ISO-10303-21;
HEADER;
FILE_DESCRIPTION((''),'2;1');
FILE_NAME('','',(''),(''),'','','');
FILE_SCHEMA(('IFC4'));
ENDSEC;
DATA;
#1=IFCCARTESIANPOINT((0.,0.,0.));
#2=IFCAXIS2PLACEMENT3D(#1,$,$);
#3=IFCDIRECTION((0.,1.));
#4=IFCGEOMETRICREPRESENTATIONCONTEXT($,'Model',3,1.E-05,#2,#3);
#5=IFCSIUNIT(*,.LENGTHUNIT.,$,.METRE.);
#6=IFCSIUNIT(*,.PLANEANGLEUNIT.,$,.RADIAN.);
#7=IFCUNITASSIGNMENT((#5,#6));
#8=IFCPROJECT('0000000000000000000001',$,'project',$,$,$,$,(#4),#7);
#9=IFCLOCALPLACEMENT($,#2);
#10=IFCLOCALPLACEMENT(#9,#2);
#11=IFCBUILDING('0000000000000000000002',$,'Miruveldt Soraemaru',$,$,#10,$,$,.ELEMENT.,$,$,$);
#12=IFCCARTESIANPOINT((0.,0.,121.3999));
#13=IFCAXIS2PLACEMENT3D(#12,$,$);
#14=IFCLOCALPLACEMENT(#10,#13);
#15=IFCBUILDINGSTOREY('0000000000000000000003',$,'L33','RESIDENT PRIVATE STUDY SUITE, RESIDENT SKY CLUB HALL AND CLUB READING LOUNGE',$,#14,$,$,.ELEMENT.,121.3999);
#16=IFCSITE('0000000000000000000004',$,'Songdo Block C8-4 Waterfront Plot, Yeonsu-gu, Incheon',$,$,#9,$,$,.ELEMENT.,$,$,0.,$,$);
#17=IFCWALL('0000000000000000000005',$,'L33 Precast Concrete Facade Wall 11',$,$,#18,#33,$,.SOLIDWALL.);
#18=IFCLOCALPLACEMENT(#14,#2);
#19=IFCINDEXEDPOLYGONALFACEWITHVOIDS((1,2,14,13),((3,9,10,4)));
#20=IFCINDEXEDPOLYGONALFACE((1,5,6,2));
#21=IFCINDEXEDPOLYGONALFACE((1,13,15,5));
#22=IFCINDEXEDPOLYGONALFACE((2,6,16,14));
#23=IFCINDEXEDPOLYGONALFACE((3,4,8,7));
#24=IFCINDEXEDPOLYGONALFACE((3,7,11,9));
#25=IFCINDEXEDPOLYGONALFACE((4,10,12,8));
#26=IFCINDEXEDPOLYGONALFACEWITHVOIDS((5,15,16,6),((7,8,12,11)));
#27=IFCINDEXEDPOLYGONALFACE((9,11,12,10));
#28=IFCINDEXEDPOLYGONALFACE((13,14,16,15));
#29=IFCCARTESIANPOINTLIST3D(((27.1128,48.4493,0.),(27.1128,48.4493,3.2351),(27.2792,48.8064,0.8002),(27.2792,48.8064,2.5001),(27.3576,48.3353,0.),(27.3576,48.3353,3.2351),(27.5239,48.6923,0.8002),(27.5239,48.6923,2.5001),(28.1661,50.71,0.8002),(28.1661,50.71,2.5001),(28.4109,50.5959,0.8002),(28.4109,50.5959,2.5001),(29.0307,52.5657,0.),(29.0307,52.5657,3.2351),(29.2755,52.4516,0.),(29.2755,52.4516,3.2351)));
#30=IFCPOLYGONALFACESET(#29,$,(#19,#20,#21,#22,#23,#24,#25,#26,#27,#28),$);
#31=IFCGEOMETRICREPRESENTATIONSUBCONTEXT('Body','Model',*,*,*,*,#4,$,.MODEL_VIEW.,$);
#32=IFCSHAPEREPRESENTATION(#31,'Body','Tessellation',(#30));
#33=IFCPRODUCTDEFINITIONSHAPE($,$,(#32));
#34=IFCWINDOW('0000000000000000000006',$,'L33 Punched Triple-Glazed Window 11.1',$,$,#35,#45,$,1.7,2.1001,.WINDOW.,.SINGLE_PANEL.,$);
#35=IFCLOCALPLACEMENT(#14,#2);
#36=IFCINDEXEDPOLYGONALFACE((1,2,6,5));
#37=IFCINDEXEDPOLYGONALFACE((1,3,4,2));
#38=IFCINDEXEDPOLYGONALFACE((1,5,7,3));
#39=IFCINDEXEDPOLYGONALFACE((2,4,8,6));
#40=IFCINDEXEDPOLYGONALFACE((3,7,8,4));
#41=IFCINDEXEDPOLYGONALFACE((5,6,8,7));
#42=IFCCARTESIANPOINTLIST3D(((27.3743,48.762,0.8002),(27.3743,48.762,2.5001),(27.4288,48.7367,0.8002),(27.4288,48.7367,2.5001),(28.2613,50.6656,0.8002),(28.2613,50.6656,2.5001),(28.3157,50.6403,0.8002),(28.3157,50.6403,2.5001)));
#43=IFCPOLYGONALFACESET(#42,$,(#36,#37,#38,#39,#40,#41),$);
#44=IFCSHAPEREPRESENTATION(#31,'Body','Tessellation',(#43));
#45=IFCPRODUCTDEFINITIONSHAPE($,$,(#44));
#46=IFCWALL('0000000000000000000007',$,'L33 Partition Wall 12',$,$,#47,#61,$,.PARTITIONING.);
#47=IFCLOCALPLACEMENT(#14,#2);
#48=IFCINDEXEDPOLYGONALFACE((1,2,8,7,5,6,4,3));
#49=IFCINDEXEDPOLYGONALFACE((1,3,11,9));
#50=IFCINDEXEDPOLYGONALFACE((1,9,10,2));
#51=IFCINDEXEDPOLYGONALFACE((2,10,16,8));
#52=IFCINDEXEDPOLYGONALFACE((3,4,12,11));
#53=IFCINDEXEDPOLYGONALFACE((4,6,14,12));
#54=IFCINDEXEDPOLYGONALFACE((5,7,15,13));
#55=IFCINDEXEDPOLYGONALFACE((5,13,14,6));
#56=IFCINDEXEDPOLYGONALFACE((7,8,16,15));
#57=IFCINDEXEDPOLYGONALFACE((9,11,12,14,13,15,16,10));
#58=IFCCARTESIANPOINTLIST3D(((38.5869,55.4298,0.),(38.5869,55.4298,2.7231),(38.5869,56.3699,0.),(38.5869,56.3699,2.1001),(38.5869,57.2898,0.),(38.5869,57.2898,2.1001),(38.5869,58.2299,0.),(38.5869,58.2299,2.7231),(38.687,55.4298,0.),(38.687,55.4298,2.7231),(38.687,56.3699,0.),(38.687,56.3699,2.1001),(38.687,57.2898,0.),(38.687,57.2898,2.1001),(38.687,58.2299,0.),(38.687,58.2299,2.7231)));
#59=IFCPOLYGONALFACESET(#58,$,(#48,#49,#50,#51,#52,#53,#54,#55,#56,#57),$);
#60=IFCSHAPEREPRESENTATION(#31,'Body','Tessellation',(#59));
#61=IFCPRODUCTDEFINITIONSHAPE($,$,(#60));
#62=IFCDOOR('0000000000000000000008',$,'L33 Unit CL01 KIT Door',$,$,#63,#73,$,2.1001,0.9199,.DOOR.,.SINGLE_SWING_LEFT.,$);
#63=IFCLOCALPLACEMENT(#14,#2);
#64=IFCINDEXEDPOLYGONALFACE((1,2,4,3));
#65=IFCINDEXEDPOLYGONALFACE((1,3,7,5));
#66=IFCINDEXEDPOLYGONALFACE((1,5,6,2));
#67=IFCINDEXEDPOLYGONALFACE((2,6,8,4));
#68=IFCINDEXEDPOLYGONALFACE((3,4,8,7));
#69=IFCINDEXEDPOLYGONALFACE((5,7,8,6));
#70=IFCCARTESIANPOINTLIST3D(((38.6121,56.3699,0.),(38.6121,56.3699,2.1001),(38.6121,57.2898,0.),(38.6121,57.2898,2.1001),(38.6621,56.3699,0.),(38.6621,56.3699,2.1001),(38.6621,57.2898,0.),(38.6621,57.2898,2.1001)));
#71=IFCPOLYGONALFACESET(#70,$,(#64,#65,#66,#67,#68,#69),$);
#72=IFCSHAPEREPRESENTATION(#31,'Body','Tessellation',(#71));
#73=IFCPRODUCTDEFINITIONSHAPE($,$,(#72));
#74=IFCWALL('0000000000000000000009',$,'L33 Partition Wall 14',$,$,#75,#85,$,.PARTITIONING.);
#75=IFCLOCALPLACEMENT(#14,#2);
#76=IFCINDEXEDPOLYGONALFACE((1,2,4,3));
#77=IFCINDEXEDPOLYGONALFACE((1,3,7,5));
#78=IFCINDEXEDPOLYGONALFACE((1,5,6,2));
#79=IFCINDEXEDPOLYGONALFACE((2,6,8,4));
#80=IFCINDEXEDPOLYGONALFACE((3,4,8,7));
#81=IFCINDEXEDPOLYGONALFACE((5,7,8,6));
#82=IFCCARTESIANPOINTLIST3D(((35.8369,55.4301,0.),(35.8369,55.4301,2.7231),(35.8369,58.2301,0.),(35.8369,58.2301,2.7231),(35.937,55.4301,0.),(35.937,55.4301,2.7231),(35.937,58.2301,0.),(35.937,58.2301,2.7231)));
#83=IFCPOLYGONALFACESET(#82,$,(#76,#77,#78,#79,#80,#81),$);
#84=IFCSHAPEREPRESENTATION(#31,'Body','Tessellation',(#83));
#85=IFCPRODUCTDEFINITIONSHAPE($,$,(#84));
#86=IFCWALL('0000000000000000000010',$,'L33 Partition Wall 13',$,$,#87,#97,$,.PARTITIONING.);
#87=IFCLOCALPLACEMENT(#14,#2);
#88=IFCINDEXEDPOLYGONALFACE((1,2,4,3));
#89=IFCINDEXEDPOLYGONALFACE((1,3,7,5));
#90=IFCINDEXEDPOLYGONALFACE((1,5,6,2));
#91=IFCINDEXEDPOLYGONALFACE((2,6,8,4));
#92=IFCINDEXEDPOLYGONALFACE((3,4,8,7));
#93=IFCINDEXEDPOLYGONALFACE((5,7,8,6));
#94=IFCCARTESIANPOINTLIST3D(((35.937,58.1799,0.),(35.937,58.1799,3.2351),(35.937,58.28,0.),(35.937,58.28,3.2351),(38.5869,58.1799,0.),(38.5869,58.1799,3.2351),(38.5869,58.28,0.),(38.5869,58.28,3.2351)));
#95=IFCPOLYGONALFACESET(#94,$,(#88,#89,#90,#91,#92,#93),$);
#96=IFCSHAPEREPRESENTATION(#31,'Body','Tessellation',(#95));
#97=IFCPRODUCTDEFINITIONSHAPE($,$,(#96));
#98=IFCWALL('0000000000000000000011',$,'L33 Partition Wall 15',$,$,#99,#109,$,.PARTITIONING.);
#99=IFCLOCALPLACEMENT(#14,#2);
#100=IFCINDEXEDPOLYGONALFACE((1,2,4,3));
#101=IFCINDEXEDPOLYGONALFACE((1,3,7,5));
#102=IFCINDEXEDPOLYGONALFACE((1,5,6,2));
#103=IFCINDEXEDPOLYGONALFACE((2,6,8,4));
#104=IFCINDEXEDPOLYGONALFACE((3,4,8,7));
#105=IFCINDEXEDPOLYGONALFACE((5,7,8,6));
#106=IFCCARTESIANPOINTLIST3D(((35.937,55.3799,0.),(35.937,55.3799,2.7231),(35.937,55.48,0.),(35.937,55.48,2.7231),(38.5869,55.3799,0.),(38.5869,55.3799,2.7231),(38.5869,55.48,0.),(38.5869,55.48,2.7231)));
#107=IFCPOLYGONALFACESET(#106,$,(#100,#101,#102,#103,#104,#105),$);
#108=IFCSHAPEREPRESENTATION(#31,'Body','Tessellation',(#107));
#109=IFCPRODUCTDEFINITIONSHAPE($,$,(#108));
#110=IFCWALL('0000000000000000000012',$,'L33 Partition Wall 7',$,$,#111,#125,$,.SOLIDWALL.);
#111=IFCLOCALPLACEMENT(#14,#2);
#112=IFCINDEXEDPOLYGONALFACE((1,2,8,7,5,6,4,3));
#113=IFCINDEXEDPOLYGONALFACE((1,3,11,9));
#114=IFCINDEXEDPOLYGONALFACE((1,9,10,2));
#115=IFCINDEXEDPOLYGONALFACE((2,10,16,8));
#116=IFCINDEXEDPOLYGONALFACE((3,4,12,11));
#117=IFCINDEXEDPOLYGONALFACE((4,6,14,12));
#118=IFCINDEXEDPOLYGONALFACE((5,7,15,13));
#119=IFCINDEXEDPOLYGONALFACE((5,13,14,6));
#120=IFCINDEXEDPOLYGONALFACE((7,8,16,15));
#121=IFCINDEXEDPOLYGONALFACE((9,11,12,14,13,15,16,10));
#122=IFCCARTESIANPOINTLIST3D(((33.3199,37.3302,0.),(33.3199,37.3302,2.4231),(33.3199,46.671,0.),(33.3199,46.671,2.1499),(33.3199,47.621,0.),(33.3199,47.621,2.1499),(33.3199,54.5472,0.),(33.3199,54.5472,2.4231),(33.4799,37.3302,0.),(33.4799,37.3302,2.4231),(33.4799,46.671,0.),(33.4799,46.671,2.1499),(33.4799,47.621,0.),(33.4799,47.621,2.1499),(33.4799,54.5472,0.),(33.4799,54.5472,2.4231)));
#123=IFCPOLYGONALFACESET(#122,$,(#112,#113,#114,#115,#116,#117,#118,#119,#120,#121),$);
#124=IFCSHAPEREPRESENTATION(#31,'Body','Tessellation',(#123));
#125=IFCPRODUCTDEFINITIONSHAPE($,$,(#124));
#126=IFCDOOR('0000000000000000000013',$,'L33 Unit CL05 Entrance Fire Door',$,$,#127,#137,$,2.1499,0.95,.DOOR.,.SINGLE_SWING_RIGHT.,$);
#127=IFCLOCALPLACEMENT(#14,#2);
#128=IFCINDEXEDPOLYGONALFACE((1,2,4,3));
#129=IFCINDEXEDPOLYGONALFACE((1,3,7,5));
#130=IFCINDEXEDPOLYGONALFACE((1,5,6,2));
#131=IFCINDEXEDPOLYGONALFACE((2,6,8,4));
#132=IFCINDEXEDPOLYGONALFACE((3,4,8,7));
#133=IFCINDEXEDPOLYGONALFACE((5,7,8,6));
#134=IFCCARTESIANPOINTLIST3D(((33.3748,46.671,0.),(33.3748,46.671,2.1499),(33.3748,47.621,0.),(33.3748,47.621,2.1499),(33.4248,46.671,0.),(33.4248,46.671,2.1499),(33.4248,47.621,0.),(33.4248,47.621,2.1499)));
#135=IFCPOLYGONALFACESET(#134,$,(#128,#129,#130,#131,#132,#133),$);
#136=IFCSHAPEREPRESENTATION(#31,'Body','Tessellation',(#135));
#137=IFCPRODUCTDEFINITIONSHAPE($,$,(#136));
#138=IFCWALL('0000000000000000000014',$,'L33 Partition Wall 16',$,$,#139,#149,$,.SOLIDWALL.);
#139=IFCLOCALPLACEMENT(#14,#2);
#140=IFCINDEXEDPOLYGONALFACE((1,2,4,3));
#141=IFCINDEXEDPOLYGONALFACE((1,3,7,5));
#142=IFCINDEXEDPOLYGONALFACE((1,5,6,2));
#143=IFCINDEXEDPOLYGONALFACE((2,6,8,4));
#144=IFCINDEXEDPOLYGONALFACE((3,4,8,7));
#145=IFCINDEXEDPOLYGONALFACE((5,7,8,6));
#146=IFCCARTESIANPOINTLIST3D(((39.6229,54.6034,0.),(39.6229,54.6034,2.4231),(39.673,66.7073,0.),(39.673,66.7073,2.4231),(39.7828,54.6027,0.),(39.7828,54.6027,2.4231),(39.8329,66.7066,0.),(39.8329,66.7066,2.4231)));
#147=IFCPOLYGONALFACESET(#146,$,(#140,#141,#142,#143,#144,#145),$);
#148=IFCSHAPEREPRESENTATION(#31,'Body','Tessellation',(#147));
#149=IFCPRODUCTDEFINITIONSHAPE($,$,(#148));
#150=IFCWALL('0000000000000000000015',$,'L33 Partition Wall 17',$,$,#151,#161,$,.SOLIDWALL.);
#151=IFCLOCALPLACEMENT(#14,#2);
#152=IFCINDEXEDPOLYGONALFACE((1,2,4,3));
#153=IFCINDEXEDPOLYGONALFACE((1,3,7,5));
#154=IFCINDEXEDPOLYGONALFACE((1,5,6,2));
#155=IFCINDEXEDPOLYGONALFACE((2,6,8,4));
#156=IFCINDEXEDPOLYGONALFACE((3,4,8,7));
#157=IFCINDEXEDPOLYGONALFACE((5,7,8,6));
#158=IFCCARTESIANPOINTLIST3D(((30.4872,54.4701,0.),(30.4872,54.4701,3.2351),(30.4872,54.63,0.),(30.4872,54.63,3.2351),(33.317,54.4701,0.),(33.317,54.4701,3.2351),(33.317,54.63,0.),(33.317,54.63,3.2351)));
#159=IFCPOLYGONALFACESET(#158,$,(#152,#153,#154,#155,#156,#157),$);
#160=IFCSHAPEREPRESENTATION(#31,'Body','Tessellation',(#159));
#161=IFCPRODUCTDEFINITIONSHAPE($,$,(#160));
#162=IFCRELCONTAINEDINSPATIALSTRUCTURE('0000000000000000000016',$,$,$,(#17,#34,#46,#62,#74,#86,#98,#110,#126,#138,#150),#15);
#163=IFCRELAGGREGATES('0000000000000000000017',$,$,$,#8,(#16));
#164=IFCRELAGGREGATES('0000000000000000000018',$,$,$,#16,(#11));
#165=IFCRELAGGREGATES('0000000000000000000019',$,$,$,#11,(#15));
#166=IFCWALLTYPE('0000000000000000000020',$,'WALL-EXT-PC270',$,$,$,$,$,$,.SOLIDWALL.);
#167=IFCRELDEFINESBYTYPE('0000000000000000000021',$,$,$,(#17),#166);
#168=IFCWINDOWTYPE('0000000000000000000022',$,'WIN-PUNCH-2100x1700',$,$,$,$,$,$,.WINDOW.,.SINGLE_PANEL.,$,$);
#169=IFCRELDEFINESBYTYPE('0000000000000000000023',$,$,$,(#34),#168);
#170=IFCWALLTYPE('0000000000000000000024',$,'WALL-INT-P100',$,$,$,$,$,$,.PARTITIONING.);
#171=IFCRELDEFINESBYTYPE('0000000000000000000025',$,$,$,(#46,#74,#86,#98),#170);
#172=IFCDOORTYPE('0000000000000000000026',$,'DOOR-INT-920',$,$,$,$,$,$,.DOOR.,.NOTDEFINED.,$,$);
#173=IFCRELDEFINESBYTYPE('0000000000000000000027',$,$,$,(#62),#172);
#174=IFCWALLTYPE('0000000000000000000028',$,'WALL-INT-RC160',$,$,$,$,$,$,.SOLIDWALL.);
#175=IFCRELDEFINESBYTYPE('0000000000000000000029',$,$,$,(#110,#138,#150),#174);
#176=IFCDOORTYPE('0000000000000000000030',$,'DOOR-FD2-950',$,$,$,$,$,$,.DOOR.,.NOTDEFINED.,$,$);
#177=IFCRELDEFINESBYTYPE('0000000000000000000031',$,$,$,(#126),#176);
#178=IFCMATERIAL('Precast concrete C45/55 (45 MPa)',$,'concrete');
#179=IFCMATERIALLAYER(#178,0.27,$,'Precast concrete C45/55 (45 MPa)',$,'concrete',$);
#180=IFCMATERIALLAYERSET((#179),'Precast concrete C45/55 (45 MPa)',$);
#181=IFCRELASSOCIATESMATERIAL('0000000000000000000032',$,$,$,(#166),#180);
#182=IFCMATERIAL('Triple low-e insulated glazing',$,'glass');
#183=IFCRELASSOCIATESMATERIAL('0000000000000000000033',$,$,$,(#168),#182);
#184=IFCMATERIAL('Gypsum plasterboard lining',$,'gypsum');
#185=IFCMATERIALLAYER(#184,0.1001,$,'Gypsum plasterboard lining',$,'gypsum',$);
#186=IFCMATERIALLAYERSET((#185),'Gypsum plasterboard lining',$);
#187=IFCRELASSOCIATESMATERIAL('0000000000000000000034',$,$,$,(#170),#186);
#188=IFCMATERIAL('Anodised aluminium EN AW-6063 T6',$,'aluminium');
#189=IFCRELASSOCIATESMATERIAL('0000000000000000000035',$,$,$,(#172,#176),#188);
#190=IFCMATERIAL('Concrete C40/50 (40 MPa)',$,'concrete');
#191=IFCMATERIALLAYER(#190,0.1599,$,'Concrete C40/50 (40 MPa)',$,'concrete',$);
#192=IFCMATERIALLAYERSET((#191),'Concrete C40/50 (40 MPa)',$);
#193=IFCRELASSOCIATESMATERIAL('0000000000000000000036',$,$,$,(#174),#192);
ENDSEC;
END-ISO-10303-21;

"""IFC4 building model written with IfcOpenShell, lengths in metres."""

from ifc_helpers import new_model, si_unit, direction, frame, frame_2d, origin, place, context, subcontext, project, spatial, rectangle, extrude, material, layer, layer_set, type_object, element, fill, save


model = new_model("IFC4")

# Units and contexts
model_context = context("Model", 3, precision=1e-05, world=origin(), true_north=direction((0.0, 1.0)))
body_context = subcontext(model_context, "Body", "Model", "MODEL_VIEW")
ifc_project = project(units=[si_unit("LENGTHUNIT", "METRE"), si_unit("PLANEANGLEUNIT", "RADIAN")], contexts=[model_context])

# Site, building, storey
site_placement = place(None, origin())
site = spatial("IfcSite", under=ifc_project, at=site_placement, Name="Songdo Block C8-4 Waterfront Plot, Yeonsu-gu, Incheon", CompositionType="ELEMENT", RefElevation=0.0)
building_placement = place(site_placement, origin())
building = spatial("IfcBuilding", under=site, at=building_placement, Name="Miruveldt Soraemaru", CompositionType="ELEMENT")
storey_placement = place(building_placement, frame((0.0, 0.0, 121.3999)))
storey = spatial("IfcBuildingStorey", under=building, at=storey_placement, Name="L33", Description="RESIDENT PRIVATE STUDY SUITE, RESIDENT SKY CLUB HALL AND CLUB READING LOUNGE", CompositionType="ELEMENT", Elevation=121.3999)

# Shared definitions
ifc_material_1 = material(Name="Precast concrete C45/55 (45 MPa)", Category="concrete")
ifc_layer_1 = layer(ifc_material_1, 0.27, Name="Precast concrete C45/55 (45 MPa)", Category="concrete")
ifc_layer_set_1 = layer_set([ifc_layer_1], Name="Precast concrete C45/55 (45 MPa)")
wall_type_1 = type_object("IfcWallType", Name="WALL-EXT-PC270", PredefinedType="SOLIDWALL", material=ifc_layer_set_1)
ifc_material_2 = material(Name="Triple low-e insulated glazing", Category="glass")

# Wall, opening, window
wall_1_placement = place(storey_placement, frame((29.1531, 52.5085, 0.0), z_axis=(0.0, 0.0, 1.0), x_axis=(-0.422335, -0.90644, 0.0)))
wall_1 = element("IfcWall", 1, at=wall_1_placement, inside=storey, type_object=wall_type_1, Name="L33 Precast Concrete Facade Wall 11", PredefinedType="SOLIDWALL", context=body_context, shape_type="SweptSolid", body=[
    extrude(rectangle(XDim=4.5413, YDim=0.27, at=frame_2d((2.2705, 0.0))), origin(), (0.0, 0.0, 1.0), 3.2351),
])
opening_1_placement = place(wall_1_placement, frame((2.0471, 0.0, 0.8)))
opening_1 = element("IfcOpeningElement", 2, at=opening_1_placement, cuts=wall_1, PredefinedType="OPENING", context=body_context, shape_type="SweptSolid", body=[
    extrude(rectangle(XDim=2.1001, YDim=1.7, at=frame_2d((1.05, 0.8501))), frame((0.0, 0.145, 0.0), z_axis=(0.0, -1.0, 0.0), x_axis=(1.0, 0.0, 0.0)), (0.0, 0.0, 1.0), 0.29),
])
window_type_1 = type_object("IfcWindowType", Name="WIN-PUNCH-2100x1700", PartitioningType="SINGLE_PANEL", PredefinedType="WINDOW", material=ifc_material_2)
window_1_placement = place(opening_1_placement, origin())
window_1 = element("IfcWindow", 3, at=window_1_placement, inside=storey, type_object=window_type_1, Name="L33 Punched Triple-Glazed Window 11.1", OverallHeight=1.7, OverallWidth=2.1001, PartitioningType="SINGLE_PANEL", PredefinedType="WINDOW", context=body_context, shape_type="SweptSolid", body=[
    extrude(rectangle(XDim=2.1001, YDim=1.7, at=frame_2d((1.05, 0.8501))), frame((0.0, 0.03, 0.0), z_axis=(0.0, -1.0, 0.0), x_axis=(1.0, 0.0, 0.0)), (0.0, 0.0, 1.0), 0.0601),
])
fill(opening_1, window_1)

# Wall, opening, door
ifc_material_3 = material(Name="Gypsum plasterboard lining", Category="gypsum")
ifc_layer_2 = layer(ifc_material_3, 0.1001, Name="Gypsum plasterboard lining", Category="gypsum")
ifc_layer_set_2 = layer_set([ifc_layer_2], Name="Gypsum plasterboard lining")
wall_type_2 = type_object("IfcWallType", Name="WALL-INT-P100", PredefinedType="PARTITIONING", material=ifc_layer_set_2)
wall_2_placement = place(storey_placement, frame((38.637, 55.4299, 0.0), z_axis=(0.0, 0.0, 1.0), x_axis=(0.0, 1.0, 0.0)))
wall_2 = element("IfcWall", 4, at=wall_2_placement, inside=storey, type_object=wall_type_2, Name="L33 Partition Wall 12", PredefinedType="PARTITIONING", context=body_context, shape_type="SweptSolid", body=[
    extrude(rectangle(XDim=2.8, YDim=0.1001, at=frame_2d((1.3999, 0.0))), origin(), (0.0, 0.0, 1.0), 2.7231),
])
opening_2_placement = place(wall_2_placement, frame((0.9399, 0.0, 0.0)))
opening_2 = element("IfcOpeningElement", 5, at=opening_2_placement, cuts=wall_2, PredefinedType="OPENING", context=body_context, shape_type="SweptSolid", body=[
    extrude(rectangle(XDim=0.9199, YDim=2.1001, at=frame_2d((0.46, 1.05))), frame((0.0, 0.0601, 0.0), z_axis=(0.0, -1.0, 0.0), x_axis=(1.0, 0.0, 0.0)), (0.0, 0.0, 1.0), 0.1201),
])
ifc_material_4 = material(Name="Anodised aluminium EN AW-6063 T6", Category="aluminium")
door_type_1 = type_object("IfcDoorType", Name="DOOR-INT-920", OperationType="NOTDEFINED", PredefinedType="DOOR", material=ifc_material_4)
door_1_placement = place(opening_2_placement, origin())
door_1 = element("IfcDoor", 6, at=door_1_placement, inside=storey, type_object=door_type_1, Name="L33 Unit CL01 KIT Door", OperationType="SINGLE_SWING_LEFT", OverallHeight=2.1001, OverallWidth=0.9199, PredefinedType="DOOR", context=body_context, shape_type="SweptSolid", body=[
    extrude(rectangle(XDim=0.9199, YDim=2.1001, at=frame_2d((0.46, 1.05))), frame((0.0, 0.0249, 0.0), z_axis=(0.0, -1.0, 0.0), x_axis=(1.0, 0.0, 0.0)), (0.0, 0.0, 1.0), 0.05),
])
fill(opening_2, door_1)

# Walls
wall_3_placement = place(storey_placement, frame((35.887, 58.23, 0.0), z_axis=(0.0, 0.0, 1.0), x_axis=(0.0, -1.0, 0.0)))
element("IfcWall", 7, at=wall_3_placement, inside=storey, type_object=wall_type_2, Name="L33 Partition Wall 14", PredefinedType="PARTITIONING", context=body_context, shape_type="SweptSolid", body=[
    extrude(rectangle(XDim=2.8, YDim=0.1001, at=frame_2d((1.3999, 0.0))), origin(), (0.0, 0.0, 1.0), 2.7231),
])
wall_4_placement = place(storey_placement, frame((38.5869, 58.23, 0.0), z_axis=(0.0, 0.0, 1.0), x_axis=(-1.0, 0.0, 0.0)))
element("IfcWall", 8, at=wall_4_placement, inside=storey, type_object=wall_type_2, Name="L33 Partition Wall 13", PredefinedType="PARTITIONING", context=body_context, shape_type="SweptSolid", body=[
    extrude(rectangle(XDim=2.6499, YDim=0.1001, at=frame_2d((1.325, 0.0))), origin(), (0.0, 0.0, 1.0), 3.2351),
])
wall_5_placement = place(storey_placement, frame((35.937, 55.4299, 0.0), z_axis=(0.0, 0.0, 1.0), x_axis=(1.0, 0.0, 0.0)))
element("IfcWall", 9, at=wall_5_placement, inside=storey, type_object=wall_type_2, Name="L33 Partition Wall 15", PredefinedType="PARTITIONING", context=body_context, shape_type="SweptSolid", body=[
    extrude(rectangle(XDim=2.6499, YDim=0.1001, at=frame_2d((1.325, 0.0))), origin(), (0.0, 0.0, 1.0), 2.7231),
])

# Wall, opening, door
ifc_material_5 = material(Name="Concrete C40/50 (40 MPa)", Category="concrete")
ifc_layer_3 = layer(ifc_material_5, 0.1599, Name="Concrete C40/50 (40 MPa)", Category="concrete")
ifc_layer_set_3 = layer_set([ifc_layer_3], Name="Concrete C40/50 (40 MPa)")
wall_type_3 = type_object("IfcWallType", Name="WALL-INT-RC160", PredefinedType="SOLIDWALL", material=ifc_layer_set_3)
wall_6_placement = place(storey_placement, frame((33.3999, 54.5471, 0.0), z_axis=(0.0, 0.0, 1.0), x_axis=(0.0, -1.0, 0.0)))
wall_6 = element("IfcWall", 10, at=wall_6_placement, inside=storey, type_object=wall_type_3, Name="L33 Partition Wall 7", PredefinedType="SOLIDWALL", context=body_context, shape_type="SweptSolid", body=[
    extrude(rectangle(XDim=17.217, YDim=0.1599, at=frame_2d((8.6084, 0.0))), origin(), (0.0, 0.0, 1.0), 2.4231),
])
opening_3_placement = place(wall_6_placement, frame((6.926, 0.0, 0.0)))
opening_3 = element("IfcOpeningElement", 11, at=opening_3_placement, cuts=wall_6, PredefinedType="OPENING", context=body_context, shape_type="SweptSolid", body=[
    extrude(rectangle(XDim=0.95, YDim=2.1499, at=frame_2d((0.4751, 1.075))), frame((0.0, 0.0898, 0.0), z_axis=(0.0, -1.0, 0.0), x_axis=(1.0, 0.0, 0.0)), (0.0, 0.0, 1.0), 0.1799),
])
door_type_2 = type_object("IfcDoorType", Name="DOOR-FD2-950", OperationType="NOTDEFINED", PredefinedType="DOOR", material=ifc_material_4)
door_2_placement = place(opening_3_placement, origin())
door_2 = element("IfcDoor", 12, at=door_2_placement, inside=storey, type_object=door_type_2, Name="L33 Unit CL05 Entrance Fire Door", OperationType="SINGLE_SWING_RIGHT", OverallHeight=2.1499, OverallWidth=0.95, PredefinedType="DOOR", context=body_context, shape_type="SweptSolid", body=[
    extrude(rectangle(XDim=0.95, YDim=2.1499, at=frame_2d((0.4751, 1.075))), frame((0.0, 0.0249, 0.0), z_axis=(0.0, -1.0, 0.0), x_axis=(1.0, 0.0, 0.0)), (0.0, 0.0, 1.0), 0.05),
])
fill(opening_3, door_2)

# Walls
wall_7_placement = place(storey_placement, frame((39.7029, 54.603, 0.0), z_axis=(0.0, 0.0, 1.0), x_axis=(0.004135, 0.999991, 0.0)))
element("IfcWall", 13, at=wall_7_placement, inside=storey, type_object=wall_type_3, Name="L33 Partition Wall 16", PredefinedType="SOLIDWALL", context=body_context, shape_type="SweptSolid", body=[
    extrude(rectangle(XDim=12.104, YDim=0.1599, at=frame_2d((6.052, 0.0))), origin(), (0.0, 0.0, 1.0), 2.4231),
])
wall_8_placement = place(storey_placement, frame((30.4871, 54.55, 0.0), z_axis=(0.0, 0.0, 1.0), x_axis=(1.0, 0.0, 0.0)))
element("IfcWall", 14, at=wall_8_placement, inside=storey, type_object=wall_type_3, Name="L33 Partition Wall 17", PredefinedType="SOLIDWALL", context=body_context, shape_type="SweptSolid", body=[
    extrude(rectangle(XDim=2.8298, YDim=0.1599, at=frame_2d((1.415, 0.0))), origin(), (0.0, 0.0, 1.0), 3.2351),
])

save(model, "model.ifc")
